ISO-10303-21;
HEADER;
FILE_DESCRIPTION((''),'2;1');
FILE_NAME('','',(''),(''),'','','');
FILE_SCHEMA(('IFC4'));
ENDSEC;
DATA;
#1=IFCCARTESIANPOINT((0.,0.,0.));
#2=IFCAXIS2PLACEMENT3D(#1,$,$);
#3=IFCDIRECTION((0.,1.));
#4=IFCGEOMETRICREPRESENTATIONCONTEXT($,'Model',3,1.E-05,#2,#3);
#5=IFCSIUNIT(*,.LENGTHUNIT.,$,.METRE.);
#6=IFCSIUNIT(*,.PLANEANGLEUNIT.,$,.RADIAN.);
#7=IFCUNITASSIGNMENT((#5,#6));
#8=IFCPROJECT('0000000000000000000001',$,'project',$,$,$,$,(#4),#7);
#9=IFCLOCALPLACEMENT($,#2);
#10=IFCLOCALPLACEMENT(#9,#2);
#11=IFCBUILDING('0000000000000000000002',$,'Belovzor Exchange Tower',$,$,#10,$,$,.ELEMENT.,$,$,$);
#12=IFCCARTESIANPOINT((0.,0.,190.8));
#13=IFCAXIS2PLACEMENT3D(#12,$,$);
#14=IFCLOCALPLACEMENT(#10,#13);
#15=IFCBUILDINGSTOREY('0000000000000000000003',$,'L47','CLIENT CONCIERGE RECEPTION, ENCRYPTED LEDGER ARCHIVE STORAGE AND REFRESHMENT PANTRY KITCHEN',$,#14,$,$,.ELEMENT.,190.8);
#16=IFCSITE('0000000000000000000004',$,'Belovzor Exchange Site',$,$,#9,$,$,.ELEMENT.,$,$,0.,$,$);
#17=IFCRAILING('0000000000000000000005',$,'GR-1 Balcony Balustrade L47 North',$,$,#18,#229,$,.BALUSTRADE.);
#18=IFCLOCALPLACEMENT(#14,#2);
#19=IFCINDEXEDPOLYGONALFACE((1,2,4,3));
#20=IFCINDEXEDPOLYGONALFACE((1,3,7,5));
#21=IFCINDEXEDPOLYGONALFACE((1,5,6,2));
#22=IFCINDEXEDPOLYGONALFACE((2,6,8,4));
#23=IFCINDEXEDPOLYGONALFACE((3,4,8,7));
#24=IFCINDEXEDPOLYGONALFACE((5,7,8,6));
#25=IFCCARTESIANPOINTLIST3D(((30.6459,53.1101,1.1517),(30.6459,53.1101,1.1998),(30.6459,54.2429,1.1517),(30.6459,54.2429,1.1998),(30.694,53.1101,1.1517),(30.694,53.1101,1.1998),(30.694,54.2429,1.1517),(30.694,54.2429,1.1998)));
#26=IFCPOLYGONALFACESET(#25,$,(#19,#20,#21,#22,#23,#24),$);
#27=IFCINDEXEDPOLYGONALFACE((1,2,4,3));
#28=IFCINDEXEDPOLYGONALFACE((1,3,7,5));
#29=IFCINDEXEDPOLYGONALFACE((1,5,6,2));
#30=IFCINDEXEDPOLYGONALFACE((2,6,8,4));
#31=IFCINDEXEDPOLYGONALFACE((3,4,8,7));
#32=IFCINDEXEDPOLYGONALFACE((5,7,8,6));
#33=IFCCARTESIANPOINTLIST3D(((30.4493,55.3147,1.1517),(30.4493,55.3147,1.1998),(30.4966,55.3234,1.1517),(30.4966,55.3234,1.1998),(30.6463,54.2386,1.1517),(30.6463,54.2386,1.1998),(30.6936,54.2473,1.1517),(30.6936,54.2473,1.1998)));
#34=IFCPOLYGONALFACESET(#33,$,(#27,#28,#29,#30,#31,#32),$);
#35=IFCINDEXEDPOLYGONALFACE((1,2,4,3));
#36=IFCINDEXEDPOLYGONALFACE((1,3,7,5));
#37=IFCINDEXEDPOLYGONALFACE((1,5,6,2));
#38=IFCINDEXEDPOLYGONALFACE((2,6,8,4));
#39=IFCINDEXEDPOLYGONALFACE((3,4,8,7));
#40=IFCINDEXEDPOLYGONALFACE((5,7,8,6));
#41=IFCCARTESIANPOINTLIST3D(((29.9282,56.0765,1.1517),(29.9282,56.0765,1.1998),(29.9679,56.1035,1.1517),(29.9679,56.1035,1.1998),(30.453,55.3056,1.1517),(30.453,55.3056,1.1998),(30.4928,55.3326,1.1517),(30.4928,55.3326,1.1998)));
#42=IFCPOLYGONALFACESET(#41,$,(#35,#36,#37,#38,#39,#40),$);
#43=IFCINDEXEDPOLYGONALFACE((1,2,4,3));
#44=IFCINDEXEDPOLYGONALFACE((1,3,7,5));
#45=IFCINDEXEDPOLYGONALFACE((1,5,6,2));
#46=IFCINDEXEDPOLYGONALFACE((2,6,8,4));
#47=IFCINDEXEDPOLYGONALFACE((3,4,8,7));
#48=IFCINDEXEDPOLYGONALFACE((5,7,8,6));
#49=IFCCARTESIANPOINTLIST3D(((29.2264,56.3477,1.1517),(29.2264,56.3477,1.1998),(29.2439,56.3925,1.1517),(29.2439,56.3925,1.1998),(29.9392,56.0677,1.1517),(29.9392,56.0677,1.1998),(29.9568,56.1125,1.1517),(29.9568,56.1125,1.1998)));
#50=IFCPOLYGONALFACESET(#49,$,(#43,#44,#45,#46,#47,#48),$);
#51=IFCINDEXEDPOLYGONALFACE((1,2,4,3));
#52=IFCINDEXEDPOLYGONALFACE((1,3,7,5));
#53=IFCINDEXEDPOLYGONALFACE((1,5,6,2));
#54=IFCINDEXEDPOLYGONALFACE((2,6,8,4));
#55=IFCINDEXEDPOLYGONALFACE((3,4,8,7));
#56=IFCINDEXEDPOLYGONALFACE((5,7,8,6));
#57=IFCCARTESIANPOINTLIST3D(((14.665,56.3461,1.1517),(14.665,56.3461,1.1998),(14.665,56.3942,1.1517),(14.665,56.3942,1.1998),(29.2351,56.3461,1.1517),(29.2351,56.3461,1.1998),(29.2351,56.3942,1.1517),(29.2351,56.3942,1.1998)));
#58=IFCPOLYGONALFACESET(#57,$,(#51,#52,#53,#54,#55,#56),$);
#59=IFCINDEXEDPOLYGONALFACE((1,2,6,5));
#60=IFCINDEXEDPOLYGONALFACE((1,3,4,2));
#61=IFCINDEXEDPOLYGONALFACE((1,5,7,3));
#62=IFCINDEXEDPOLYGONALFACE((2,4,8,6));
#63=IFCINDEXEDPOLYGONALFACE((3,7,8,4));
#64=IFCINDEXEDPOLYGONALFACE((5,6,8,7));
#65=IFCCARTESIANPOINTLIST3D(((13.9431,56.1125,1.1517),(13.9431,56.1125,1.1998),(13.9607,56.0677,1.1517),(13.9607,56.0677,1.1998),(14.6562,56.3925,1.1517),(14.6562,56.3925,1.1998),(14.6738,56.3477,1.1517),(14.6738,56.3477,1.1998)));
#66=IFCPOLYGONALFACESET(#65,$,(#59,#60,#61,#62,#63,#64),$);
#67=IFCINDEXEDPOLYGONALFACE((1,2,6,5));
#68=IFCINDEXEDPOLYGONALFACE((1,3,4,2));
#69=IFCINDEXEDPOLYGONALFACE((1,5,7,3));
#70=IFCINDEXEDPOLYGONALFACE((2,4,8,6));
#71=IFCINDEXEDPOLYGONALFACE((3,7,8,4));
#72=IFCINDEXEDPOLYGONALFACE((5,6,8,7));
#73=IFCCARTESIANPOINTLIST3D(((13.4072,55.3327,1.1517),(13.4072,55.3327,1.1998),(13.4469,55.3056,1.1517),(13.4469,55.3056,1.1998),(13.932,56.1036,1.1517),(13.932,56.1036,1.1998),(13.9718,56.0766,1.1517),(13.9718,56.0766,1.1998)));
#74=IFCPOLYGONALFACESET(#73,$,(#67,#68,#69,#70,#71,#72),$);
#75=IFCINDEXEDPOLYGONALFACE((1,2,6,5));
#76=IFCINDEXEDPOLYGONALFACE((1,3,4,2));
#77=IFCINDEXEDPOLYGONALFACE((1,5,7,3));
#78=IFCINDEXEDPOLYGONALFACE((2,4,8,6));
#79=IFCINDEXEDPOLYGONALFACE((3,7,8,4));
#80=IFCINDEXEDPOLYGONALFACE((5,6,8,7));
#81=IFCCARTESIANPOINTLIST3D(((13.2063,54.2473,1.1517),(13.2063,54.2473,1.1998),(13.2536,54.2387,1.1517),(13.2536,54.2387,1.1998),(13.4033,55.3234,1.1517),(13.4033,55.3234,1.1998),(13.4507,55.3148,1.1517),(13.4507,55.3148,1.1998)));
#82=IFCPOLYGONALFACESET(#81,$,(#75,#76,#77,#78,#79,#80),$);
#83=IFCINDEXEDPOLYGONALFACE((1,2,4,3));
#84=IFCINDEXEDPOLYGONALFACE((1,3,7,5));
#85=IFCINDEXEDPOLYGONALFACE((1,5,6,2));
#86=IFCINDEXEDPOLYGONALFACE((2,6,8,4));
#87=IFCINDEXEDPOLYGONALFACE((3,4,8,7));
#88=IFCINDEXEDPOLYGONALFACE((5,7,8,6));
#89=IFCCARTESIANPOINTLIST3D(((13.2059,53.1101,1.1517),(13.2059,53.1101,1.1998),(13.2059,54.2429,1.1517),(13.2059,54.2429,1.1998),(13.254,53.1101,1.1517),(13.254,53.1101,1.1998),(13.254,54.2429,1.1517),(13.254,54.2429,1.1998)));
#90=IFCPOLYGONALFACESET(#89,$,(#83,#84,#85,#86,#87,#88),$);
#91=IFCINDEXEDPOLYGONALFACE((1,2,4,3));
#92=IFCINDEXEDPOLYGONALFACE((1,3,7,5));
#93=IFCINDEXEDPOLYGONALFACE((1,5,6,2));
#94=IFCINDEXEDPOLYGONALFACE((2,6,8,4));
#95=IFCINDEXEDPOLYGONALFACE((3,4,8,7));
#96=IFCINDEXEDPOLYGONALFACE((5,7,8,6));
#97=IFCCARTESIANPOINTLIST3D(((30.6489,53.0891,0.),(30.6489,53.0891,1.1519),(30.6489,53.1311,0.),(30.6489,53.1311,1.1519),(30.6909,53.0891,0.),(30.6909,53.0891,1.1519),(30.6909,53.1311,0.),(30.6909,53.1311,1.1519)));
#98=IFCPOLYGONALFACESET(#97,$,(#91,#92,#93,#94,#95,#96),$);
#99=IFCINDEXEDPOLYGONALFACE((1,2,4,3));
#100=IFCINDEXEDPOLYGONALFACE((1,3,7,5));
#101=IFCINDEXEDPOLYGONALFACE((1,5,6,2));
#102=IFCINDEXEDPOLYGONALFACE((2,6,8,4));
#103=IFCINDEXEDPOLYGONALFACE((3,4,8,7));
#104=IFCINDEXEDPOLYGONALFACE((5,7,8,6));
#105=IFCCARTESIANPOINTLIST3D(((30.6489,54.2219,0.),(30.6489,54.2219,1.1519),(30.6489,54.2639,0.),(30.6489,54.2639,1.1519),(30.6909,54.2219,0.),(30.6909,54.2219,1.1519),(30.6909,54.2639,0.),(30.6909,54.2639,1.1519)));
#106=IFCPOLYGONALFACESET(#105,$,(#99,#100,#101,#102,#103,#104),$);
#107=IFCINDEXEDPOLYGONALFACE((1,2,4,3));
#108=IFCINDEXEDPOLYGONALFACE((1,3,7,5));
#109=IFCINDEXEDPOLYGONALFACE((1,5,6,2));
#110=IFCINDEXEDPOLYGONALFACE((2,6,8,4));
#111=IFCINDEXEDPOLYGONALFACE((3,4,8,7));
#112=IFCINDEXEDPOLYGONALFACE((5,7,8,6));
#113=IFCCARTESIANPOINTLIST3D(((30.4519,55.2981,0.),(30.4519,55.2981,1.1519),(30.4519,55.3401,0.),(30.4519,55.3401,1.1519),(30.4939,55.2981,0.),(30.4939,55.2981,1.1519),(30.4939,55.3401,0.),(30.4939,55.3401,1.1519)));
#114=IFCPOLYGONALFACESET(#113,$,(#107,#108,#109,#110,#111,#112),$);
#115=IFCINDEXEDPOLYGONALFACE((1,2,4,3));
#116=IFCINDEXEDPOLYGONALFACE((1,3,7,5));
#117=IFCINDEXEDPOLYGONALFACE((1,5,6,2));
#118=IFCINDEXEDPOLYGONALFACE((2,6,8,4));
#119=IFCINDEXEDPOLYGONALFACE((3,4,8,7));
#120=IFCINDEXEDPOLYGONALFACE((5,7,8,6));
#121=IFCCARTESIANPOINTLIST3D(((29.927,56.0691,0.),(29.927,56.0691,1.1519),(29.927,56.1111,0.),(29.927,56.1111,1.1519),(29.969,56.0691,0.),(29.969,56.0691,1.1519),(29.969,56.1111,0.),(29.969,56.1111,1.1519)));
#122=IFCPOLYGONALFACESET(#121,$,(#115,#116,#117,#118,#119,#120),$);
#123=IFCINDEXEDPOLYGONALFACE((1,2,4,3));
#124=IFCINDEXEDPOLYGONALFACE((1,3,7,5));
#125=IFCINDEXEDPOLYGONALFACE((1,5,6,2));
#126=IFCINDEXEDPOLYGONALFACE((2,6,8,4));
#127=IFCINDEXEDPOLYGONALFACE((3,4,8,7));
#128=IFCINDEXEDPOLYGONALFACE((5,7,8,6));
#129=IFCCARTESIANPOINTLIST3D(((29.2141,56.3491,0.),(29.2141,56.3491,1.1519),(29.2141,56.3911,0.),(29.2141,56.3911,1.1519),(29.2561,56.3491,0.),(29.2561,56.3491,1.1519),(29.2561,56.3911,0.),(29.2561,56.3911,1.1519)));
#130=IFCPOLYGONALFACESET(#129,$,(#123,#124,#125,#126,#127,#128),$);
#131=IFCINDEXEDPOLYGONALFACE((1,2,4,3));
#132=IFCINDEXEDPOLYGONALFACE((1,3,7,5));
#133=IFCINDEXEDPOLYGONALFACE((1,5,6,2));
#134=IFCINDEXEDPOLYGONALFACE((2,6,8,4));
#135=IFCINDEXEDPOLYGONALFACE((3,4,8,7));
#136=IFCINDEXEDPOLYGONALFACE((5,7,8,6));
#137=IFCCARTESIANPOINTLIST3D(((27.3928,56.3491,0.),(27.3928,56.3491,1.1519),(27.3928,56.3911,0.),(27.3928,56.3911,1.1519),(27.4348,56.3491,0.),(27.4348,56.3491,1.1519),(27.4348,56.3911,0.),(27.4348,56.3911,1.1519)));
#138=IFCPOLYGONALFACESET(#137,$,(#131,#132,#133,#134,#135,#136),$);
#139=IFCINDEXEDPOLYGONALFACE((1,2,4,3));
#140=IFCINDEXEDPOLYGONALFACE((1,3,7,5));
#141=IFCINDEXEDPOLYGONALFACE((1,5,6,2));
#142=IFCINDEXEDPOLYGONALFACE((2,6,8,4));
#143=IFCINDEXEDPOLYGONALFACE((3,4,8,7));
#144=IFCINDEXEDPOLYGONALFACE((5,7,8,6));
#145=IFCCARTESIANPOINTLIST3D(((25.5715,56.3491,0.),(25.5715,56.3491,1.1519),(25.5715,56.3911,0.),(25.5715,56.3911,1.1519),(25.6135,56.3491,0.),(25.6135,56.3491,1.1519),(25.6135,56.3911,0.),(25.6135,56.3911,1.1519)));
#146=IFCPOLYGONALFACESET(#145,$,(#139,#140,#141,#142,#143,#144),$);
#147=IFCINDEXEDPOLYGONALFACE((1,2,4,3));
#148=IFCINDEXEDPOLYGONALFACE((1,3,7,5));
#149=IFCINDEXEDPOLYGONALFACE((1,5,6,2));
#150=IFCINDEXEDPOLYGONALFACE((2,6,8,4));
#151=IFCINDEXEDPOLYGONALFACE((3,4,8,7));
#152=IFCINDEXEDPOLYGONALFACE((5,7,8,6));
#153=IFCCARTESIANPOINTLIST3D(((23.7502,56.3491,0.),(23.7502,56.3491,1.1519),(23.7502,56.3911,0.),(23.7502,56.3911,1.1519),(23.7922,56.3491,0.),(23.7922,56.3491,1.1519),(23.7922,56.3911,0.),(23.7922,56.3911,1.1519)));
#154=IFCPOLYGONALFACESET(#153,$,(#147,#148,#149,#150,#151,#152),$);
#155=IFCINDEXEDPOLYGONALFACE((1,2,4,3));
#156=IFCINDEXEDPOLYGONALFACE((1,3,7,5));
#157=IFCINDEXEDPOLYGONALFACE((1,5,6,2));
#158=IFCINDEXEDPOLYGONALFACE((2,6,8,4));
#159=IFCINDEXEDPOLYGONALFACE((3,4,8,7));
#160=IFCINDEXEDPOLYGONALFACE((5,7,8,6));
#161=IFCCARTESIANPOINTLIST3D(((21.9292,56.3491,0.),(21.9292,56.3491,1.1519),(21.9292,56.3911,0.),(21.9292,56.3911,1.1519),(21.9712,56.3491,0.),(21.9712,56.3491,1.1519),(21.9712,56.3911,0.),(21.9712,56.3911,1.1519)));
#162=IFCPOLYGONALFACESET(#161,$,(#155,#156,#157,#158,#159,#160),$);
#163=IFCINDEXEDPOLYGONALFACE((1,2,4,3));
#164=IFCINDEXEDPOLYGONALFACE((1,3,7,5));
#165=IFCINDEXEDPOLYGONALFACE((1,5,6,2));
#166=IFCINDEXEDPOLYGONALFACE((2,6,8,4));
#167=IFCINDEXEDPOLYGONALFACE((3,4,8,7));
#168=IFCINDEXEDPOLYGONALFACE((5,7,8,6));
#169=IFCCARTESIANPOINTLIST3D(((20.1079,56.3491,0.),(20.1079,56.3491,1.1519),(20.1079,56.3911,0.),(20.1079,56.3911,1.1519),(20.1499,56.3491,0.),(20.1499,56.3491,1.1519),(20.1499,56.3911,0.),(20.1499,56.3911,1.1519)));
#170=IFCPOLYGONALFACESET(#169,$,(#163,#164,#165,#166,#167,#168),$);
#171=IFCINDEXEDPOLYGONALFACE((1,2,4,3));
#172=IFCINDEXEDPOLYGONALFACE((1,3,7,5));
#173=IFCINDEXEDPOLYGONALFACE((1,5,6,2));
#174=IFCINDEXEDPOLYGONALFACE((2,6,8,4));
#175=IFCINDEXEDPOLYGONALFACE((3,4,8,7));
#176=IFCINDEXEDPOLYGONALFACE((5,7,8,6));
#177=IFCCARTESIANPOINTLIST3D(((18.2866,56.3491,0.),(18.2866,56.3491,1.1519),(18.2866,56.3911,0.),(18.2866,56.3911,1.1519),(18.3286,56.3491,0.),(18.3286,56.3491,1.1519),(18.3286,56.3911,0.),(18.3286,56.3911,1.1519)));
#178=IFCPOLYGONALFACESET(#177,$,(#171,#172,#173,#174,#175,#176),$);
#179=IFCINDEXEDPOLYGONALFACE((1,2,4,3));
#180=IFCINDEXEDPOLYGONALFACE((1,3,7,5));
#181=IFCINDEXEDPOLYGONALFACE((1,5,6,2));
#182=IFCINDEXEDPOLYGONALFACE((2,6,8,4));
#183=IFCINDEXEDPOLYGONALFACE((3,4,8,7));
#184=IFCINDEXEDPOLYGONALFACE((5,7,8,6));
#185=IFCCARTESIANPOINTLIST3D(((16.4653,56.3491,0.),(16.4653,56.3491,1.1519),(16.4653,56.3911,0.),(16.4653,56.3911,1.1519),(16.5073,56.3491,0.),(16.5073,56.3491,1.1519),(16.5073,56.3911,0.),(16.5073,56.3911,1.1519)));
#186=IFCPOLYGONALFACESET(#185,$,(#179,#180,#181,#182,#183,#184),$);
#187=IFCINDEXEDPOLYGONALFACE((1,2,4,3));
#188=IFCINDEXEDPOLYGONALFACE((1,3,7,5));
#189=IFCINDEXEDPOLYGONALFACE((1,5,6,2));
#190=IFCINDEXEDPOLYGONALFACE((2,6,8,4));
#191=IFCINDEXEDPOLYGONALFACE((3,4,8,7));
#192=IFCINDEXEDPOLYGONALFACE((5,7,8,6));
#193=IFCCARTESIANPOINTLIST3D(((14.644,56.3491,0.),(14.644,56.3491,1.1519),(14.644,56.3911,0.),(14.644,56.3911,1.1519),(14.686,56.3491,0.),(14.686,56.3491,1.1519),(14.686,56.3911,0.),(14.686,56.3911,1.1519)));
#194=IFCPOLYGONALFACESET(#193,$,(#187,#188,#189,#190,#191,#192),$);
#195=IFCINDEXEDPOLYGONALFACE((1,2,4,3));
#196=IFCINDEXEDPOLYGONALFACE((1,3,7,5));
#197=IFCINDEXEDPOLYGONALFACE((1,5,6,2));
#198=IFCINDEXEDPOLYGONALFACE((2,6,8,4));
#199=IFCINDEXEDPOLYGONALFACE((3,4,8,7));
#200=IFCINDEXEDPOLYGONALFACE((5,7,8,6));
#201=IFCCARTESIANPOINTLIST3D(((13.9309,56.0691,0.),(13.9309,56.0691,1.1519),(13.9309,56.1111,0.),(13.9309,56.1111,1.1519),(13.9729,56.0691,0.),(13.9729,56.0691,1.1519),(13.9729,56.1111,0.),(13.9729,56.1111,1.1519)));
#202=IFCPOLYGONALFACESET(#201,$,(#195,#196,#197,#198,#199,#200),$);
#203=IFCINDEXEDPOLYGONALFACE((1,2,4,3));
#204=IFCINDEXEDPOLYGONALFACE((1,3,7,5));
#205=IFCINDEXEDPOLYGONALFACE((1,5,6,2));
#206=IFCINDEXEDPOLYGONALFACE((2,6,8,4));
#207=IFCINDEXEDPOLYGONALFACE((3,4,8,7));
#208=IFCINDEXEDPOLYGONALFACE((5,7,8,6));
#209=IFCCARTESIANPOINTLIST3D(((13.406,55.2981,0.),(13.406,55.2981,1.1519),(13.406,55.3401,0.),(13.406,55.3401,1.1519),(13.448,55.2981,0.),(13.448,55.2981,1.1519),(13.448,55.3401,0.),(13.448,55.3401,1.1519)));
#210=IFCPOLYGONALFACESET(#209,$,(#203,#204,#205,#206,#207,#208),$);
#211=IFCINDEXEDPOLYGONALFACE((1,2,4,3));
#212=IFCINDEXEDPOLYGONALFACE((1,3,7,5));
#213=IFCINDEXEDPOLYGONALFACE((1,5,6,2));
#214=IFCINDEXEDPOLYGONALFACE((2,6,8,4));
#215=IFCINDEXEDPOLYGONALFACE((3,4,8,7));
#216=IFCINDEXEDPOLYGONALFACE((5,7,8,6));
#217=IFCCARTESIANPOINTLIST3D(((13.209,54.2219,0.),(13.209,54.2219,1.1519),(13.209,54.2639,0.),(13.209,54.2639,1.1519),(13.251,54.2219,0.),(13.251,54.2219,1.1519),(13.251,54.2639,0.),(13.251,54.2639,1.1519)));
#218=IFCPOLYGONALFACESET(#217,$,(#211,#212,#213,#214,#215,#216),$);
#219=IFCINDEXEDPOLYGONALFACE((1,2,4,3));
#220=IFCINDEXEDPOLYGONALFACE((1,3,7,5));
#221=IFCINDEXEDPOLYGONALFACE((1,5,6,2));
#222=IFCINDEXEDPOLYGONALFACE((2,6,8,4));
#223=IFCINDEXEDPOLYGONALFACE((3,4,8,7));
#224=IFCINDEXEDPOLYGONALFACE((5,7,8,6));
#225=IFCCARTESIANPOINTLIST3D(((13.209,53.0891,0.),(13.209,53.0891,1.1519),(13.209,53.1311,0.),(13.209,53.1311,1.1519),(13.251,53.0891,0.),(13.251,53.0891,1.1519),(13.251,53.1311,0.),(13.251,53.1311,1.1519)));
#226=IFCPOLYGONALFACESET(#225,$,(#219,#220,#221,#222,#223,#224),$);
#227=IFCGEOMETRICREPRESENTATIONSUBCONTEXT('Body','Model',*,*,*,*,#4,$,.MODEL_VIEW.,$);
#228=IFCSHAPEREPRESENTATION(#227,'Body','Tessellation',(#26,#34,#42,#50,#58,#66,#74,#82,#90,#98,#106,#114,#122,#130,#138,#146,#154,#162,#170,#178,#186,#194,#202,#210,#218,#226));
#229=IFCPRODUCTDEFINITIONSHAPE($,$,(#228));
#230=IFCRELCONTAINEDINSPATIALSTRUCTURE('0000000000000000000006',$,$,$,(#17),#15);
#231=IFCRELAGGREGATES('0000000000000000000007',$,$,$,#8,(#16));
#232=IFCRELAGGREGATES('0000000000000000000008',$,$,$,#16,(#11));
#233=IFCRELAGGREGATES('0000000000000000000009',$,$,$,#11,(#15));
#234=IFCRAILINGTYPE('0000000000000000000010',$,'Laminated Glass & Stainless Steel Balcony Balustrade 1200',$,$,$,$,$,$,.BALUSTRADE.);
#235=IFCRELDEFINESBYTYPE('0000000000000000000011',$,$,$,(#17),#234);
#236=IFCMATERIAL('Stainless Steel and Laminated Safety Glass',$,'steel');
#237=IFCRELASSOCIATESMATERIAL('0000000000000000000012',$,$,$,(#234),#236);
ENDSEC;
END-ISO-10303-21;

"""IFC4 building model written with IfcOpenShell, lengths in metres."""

from ifc_helpers import new_model, si_unit, direction, frame, origin, origin_2d, place, context, subcontext, project, spatial, rectangle, extrude, material, type_object, element, save


model = new_model("IFC4")

# Units and contexts
model_context = context("Model", 3, precision=1e-05, world=origin(), true_north=direction((0.0, 1.0)))
body_context = subcontext(model_context, "Body", "Model", "MODEL_VIEW")
ifc_project = project(units=[si_unit("LENGTHUNIT", "METRE"), si_unit("PLANEANGLEUNIT", "RADIAN")], contexts=[model_context])

# Site, building, storey
site_placement = place(None, origin())
site = spatial("IfcSite", under=ifc_project, at=site_placement, Name="Belovzor Exchange Site", CompositionType="ELEMENT", RefElevation=0.0)
building_placement = place(site_placement, origin())
building = spatial("IfcBuilding", under=site, at=building_placement, Name="Belovzor Exchange Tower", CompositionType="ELEMENT")
storey_placement = place(building_placement, frame((0.0, 0.0, 190.8)))
storey = spatial("IfcBuildingStorey", under=building, at=storey_placement, Name="L47", Description="CLIENT CONCIERGE RECEPTION, ENCRYPTED LEDGER ARCHIVE STORAGE AND REFRESHMENT PANTRY KITCHEN", CompositionType="ELEMENT", Elevation=190.8)

# Railing
ifc_material_1 = material(Name="Stainless Steel and Laminated Safety Glass", Category="steel")
railing_type = type_object("IfcRailingType", Name="Laminated Glass & Stainless Steel Balcony Balustrade 1200", PredefinedType="BALUSTRADE", material=ifc_material_1)
railing_placement = place(storey_placement, frame((30.6699, 53.1101, 0.0)))
element("IfcRailing", 1, at=railing_placement, inside=storey, type_object=railing_type, Name="GR-1 Balcony Balustrade L47 North", PredefinedType="BALUSTRADE", context=body_context, shape_type="SweptSolid", body=[
    extrude(rectangle(XDim=0.0481, YDim=0.0481, at=origin_2d()), frame((0.0, 0.0, 1.1758), z_axis=(0.0, 1.0, 0.0), x_axis=(-1.0, 0.0, 0.0)), (0.0, 0.0, 1.0), 1.1328),
    extrude(rectangle(XDim=0.0481, YDim=0.0481, at=origin_2d()), frame((0.0, 1.1328, 1.1758), z_axis=(-0.180083, 0.983651, 0.0), x_axis=(-0.983651, -0.180083, 0.0)), (0.0, 0.0, 1.0), 1.094),
    extrude(rectangle(XDim=0.0481, YDim=0.0481, at=origin_2d()), frame((-0.197, 2.209, 1.1758), z_axis=(-0.562768, 0.826615, 0.0), x_axis=(-0.826615, -0.562768, 0.0)), (0.0, 0.0, 1.0), 0.9326),
    extrude(rectangle(XDim=0.0481, YDim=0.0481, at=origin_2d()), frame((-0.7219, 2.98, 1.1758), z_axis=(-0.930767, 0.365613, 0.0), x_axis=(-0.365613, -0.930767, 0.0)), (0.0, 0.0, 1.0), 0.7659),
    extrude(rectangle(XDim=0.0481, YDim=0.0481, at=origin_2d()), frame((-1.4348, 3.26, 1.1758), z_axis=(-1.0, 0.0, 0.0), x_axis=(0.0, -1.0, 0.0)), (0.0, 0.0, 1.0), 14.5701),
    extrude(rectangle(XDim=0.0481, YDim=0.0481, at=origin_2d()), frame((-16.0049, 3.26, 1.1758), z_axis=(-0.93081, -0.365504, 0.0), x_axis=(0.365504, -0.93081, 0.0)), (0.0, 0.0, 1.0), 0.7661),
    extrude(rectangle(XDim=0.0481, YDim=0.0481, at=origin_2d()), frame((-16.718, 2.98, 1.1758), z_axis=(-0.562768, -0.826615, 0.0), x_axis=(0.826615, -0.562768, 0.0)), (0.0, 0.0, 1.0), 0.9326),
    extrude(rectangle(XDim=0.0481, YDim=0.0481, at=origin_2d()), frame((-17.2429, 2.209, 1.1758), z_axis=(-0.180083, -0.983651, 0.0), x_axis=(0.983651, -0.180083, 0.0)), (0.0, 0.0, 1.0), 1.094),
    extrude(rectangle(XDim=0.0481, YDim=0.0481, at=origin_2d()), frame((-17.4399, 1.1328, 1.1758), z_axis=(0.0, -1.0, 0.0), x_axis=(1.0, 0.0, 0.0)), (0.0, 0.0, 1.0), 1.1328),
    extrude(rectangle(XDim=0.042, YDim=0.042, at=origin_2d()), origin(), (0.0, 0.0, 1.0), 1.1519),
    extrude(rectangle(XDim=0.042, YDim=0.042, at=origin_2d()), frame((0.0, 1.1328, 0.0)), (0.0, 0.0, 1.0), 1.1519),
    extrude(rectangle(XDim=0.042, YDim=0.042, at=origin_2d()), frame((-0.197, 2.209, 0.0)), (0.0, 0.0, 1.0), 1.1519),
    extrude(rectangle(XDim=0.042, YDim=0.042, at=origin_2d()), frame((-0.7219, 2.98, 0.0)), (0.0, 0.0, 1.0), 1.1519),
    extrude(rectangle(XDim=0.042, YDim=0.042, at=origin_2d()), frame((-1.4348, 3.26, 0.0)), (0.0, 0.0, 1.0), 1.1519),
    extrude(rectangle(XDim=0.042, YDim=0.042, at=origin_2d()), frame((-3.2561, 3.26, 0.0)), (0.0, 0.0, 1.0), 1.1519),
    extrude(rectangle(XDim=0.042, YDim=0.042, at=origin_2d()), frame((-5.0774, 3.26, 0.0)), (0.0, 0.0, 1.0), 1.1519),
    extrude(rectangle(XDim=0.042, YDim=0.042, at=origin_2d()), frame((-6.8987, 3.26, 0.0)), (0.0, 0.0, 1.0), 1.1519),
    extrude(rectangle(XDim=0.042, YDim=0.042, at=origin_2d()), frame((-8.7197, 3.26, 0.0)), (0.0, 0.0, 1.0), 1.1519),
    extrude(rectangle(XDim=0.042, YDim=0.042, at=origin_2d()), frame((-10.541, 3.26, 0.0)), (0.0, 0.0, 1.0), 1.1519),
    extrude(rectangle(XDim=0.042, YDim=0.042, at=origin_2d()), frame((-12.3623, 3.26, 0.0)), (0.0, 0.0, 1.0), 1.1519),
    extrude(rectangle(XDim=0.042, YDim=0.042, at=origin_2d()), frame((-14.1836, 3.26, 0.0)), (0.0, 0.0, 1.0), 1.1519),
    extrude(rectangle(XDim=0.042, YDim=0.042, at=origin_2d()), frame((-16.0049, 3.26, 0.0)), (0.0, 0.0, 1.0), 1.1519),
    extrude(rectangle(XDim=0.042, YDim=0.042, at=origin_2d()), frame((-16.718, 2.98, 0.0)), (0.0, 0.0, 1.0), 1.1519),
    extrude(rectangle(XDim=0.042, YDim=0.042, at=origin_2d()), frame((-17.2429, 2.209, 0.0)), (0.0, 0.0, 1.0), 1.1519),
    extrude(rectangle(XDim=0.042, YDim=0.042, at=origin_2d()), frame((-17.4399, 1.1328, 0.0)), (0.0, 0.0, 1.0), 1.1519),
    extrude(rectangle(XDim=0.042, YDim=0.042, at=origin_2d()), frame((-17.4399, 0.0, 0.0)), (0.0, 0.0, 1.0), 1.1519),
])

save(model, "model.ifc")
